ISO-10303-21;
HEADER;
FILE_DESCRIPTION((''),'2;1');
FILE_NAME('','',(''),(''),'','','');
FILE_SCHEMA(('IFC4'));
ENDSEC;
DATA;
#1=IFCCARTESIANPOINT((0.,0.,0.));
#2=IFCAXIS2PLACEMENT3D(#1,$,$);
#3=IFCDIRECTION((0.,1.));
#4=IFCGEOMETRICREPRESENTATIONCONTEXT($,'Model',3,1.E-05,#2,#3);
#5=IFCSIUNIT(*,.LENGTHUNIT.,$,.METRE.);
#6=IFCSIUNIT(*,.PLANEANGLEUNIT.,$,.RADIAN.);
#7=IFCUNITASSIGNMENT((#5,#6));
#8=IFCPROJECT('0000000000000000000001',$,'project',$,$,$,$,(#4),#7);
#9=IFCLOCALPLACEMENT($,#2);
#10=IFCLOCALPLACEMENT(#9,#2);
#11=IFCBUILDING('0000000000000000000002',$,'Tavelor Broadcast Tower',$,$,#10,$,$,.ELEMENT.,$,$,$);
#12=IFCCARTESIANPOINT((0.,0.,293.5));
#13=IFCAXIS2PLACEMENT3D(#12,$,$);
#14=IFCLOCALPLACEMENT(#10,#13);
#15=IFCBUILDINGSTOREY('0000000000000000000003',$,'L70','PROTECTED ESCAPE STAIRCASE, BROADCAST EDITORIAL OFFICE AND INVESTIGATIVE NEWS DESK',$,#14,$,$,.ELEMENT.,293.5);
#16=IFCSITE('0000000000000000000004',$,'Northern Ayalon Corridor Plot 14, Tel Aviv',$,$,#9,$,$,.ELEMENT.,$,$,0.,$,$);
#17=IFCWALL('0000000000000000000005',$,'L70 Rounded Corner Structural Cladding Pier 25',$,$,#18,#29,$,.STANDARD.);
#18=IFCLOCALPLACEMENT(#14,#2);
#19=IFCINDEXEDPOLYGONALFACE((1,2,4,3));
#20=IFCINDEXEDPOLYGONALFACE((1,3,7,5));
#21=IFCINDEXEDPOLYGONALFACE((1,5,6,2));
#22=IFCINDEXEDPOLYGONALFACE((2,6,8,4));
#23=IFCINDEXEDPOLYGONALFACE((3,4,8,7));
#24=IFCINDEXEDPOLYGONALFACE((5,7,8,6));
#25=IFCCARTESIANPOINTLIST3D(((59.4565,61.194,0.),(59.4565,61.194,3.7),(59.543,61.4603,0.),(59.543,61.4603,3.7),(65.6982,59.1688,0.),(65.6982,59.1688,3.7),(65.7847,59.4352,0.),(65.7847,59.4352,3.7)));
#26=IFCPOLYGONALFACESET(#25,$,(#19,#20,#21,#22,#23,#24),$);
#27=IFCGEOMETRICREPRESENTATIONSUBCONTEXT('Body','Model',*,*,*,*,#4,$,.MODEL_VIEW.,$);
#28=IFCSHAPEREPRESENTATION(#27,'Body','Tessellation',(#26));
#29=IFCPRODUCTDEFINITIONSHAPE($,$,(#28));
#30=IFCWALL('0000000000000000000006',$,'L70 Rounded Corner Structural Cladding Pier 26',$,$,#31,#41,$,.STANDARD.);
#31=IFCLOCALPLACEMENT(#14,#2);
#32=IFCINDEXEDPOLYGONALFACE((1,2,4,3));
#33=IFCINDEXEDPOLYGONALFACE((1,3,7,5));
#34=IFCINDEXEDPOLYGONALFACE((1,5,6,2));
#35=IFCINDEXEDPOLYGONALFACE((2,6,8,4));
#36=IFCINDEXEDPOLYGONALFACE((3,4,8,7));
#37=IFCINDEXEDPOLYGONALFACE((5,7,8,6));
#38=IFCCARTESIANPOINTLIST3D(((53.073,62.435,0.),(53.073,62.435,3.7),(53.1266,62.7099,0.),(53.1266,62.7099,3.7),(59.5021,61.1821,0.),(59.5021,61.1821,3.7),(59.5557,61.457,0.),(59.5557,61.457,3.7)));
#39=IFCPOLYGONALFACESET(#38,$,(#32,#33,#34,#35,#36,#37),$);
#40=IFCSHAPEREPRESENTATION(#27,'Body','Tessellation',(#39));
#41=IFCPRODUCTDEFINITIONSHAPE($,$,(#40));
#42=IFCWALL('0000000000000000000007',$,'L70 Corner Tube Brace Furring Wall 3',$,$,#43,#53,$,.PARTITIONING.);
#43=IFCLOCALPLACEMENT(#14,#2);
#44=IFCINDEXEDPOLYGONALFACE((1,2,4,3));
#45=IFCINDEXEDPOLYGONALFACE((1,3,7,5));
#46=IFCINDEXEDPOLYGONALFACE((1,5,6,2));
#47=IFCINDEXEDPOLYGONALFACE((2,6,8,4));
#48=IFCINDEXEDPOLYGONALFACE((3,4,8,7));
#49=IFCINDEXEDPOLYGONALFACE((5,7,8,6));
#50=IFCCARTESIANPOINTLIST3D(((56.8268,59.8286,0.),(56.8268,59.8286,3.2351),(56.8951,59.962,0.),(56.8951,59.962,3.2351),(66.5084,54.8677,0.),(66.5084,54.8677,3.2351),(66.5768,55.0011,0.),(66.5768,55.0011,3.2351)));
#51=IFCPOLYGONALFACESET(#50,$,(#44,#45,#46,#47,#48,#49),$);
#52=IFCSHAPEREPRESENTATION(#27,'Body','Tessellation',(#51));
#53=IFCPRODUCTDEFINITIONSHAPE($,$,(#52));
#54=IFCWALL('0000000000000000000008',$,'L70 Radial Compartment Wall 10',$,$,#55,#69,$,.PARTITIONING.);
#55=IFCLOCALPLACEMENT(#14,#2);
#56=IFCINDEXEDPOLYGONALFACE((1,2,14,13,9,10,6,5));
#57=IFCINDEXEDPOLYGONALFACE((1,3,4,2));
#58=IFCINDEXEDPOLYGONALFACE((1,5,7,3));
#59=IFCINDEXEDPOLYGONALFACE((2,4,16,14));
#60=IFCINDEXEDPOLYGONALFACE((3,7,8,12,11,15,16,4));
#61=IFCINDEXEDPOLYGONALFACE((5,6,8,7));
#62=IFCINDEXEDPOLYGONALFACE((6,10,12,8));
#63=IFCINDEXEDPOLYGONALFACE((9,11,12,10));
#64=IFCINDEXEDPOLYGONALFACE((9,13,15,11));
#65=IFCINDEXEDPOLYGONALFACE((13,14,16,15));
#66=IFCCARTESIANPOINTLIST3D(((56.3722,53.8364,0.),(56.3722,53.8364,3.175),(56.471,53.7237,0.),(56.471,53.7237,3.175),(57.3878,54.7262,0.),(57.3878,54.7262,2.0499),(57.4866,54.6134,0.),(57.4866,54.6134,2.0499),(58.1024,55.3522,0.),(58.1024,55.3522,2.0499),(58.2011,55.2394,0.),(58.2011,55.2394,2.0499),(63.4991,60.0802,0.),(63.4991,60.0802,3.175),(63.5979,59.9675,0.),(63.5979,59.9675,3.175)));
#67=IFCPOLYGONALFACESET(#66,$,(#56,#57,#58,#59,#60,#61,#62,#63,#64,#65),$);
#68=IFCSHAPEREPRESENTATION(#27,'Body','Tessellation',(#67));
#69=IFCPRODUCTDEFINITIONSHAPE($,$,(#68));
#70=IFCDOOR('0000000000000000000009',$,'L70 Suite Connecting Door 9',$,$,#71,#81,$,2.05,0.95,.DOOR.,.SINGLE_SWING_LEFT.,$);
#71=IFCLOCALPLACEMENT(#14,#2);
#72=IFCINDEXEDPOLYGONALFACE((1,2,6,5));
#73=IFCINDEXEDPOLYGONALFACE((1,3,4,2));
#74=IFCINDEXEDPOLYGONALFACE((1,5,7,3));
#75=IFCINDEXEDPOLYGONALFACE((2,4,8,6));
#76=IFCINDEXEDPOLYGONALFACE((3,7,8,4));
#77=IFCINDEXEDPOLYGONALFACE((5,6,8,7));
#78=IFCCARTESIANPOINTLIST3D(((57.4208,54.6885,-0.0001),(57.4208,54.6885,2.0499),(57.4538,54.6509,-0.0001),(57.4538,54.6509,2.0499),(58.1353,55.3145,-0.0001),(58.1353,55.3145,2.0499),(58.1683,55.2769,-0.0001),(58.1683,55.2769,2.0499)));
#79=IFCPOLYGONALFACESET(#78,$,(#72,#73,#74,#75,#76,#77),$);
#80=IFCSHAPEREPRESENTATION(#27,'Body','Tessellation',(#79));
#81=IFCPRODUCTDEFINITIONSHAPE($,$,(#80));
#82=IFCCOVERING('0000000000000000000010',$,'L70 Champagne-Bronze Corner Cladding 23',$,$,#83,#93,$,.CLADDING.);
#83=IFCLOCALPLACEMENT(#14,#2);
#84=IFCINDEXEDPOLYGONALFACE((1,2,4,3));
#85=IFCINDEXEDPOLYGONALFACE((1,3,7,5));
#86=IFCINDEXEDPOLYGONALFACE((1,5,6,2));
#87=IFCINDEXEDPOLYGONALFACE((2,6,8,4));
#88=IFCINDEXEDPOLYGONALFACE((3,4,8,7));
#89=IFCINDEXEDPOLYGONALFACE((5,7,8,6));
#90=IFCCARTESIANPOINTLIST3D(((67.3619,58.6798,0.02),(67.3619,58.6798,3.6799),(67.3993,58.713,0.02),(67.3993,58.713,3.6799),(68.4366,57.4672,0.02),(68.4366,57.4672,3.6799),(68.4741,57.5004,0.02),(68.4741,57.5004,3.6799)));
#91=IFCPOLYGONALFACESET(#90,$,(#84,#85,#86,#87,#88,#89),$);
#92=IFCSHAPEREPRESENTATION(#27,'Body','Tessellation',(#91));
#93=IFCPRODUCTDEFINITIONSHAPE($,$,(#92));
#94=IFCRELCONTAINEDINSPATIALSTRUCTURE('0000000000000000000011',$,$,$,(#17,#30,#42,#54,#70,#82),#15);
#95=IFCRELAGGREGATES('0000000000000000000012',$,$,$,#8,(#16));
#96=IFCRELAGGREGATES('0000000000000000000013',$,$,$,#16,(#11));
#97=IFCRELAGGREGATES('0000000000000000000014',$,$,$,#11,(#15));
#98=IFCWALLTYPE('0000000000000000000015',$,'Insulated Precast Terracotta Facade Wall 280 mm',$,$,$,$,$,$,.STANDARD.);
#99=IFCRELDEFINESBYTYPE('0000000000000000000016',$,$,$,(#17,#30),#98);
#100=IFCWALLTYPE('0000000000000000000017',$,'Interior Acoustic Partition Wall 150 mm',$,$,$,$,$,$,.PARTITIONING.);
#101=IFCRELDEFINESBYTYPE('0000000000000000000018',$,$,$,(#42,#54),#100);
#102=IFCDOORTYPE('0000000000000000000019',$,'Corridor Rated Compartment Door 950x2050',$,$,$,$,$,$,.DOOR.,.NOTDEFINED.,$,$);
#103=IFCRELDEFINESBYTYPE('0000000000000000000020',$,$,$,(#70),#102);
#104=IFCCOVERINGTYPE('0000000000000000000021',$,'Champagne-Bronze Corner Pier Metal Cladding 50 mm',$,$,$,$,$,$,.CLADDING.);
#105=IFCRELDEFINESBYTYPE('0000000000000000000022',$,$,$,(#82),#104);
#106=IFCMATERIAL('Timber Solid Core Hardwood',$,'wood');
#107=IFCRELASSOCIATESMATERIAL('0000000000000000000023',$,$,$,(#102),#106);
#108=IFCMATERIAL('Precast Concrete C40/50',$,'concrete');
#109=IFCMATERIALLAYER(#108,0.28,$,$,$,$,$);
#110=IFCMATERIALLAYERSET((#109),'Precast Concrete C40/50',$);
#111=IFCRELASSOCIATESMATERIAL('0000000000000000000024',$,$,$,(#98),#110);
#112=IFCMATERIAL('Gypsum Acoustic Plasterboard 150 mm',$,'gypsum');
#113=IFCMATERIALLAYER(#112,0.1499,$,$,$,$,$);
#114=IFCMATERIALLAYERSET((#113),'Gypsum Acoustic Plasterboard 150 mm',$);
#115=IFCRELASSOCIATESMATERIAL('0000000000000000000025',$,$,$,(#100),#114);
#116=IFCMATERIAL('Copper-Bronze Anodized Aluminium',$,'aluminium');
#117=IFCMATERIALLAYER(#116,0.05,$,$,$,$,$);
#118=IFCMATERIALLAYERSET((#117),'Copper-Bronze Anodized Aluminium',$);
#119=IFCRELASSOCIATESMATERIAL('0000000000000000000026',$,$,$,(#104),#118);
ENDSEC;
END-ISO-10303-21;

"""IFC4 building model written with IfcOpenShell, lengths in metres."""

from ifc_helpers import new_model, si_unit, direction, frame, frame_2d, origin, origin_2d, place, context, subcontext, project, spatial, rectangle, extrude, material, layer, layer_set, type_object, element, fill, save


model = new_model("IFC4")

# Units and contexts
model_context = context("Model", 3, precision=1e-05, world=origin(), true_north=direction((0.0, 1.0)))
body_context = subcontext(model_context, "Body", "Model", "MODEL_VIEW")
ifc_project = project(units=[si_unit("LENGTHUNIT", "METRE"), si_unit("PLANEANGLEUNIT", "RADIAN")], contexts=[model_context])

# Site, building, storey
site_placement = place(None, origin())
site = spatial("IfcSite", under=ifc_project, at=site_placement, Name="Northern Ayalon Corridor Plot 14, Tel Aviv", CompositionType="ELEMENT", RefElevation=0.0)
building_placement = place(site_placement, origin())
building = spatial("IfcBuilding", under=site, at=building_placement, Name="Tavelor Broadcast Tower", CompositionType="ELEMENT")
storey_placement = place(building_placement, frame((0.0, 0.0, 293.5)))
storey = spatial("IfcBuildingStorey", under=building, at=storey_placement, Name="L70", Description="PROTECTED ESCAPE STAIRCASE, BROADCAST EDITORIAL OFFICE AND INVESTIGATIVE NEWS DESK", CompositionType="ELEMENT", Elevation=293.5)

# Shared definitions
ifc_material_1 = material(Name="Timber Solid Core Hardwood", Category="wood")
door_type = type_object("IfcDoorType", Name="Corridor Rated Compartment Door 950x2050", OperationType="NOTDEFINED", PredefinedType="DOOR", material=ifc_material_1)

# Walls
ifc_material_2 = material(Name="Precast Concrete C40/50", Category="concrete")
ifc_layer_1 = layer(ifc_material_2, 0.28)
ifc_layer_set_1 = layer_set([ifc_layer_1], Name="Precast Concrete C40/50")
wall_type_1 = type_object("IfcWallType", Name="Insulated Precast Terracotta Facade Wall 280 mm", PredefinedType="STANDARD", material=ifc_layer_set_1)
wall_1_placement = place(storey_placement, frame((65.7415, 59.302, 0.0), z_axis=(0.0, 0.0, 1.0), x_axis=(-0.951187, 0.308617, 0.0)))
element("IfcWall", 1, at=wall_1_placement, inside=storey, type_object=wall_type_1, Name="L70 Rounded Corner Structural Cladding Pier 25", PredefinedType="STANDARD", context=body_context, shape_type="SweptSolid", body=[
    extrude(rectangle(XDim=6.562, YDim=0.28, at=frame_2d((3.281, 0.0))), origin(), (0.0, 0.0, 1.0), 3.7),
])
wall_2_placement = place(storey_placement, frame((59.5288, 61.3196, 0.0), z_axis=(0.0, 0.0, 1.0), x_axis=(-0.981535, 0.191283, 0.0)))
element("IfcWall", 2, at=wall_2_placement, inside=storey, type_object=wall_type_1, Name="L70 Rounded Corner Structural Cladding Pier 26", PredefinedType="STANDARD", context=body_context, shape_type="SweptSolid", body=[
    extrude(rectangle(XDim=6.55, YDim=0.28, at=frame_2d((3.2749, 0.0))), origin(), (0.0, 0.0, 1.0), 3.7),
])
ifc_material_3 = material(Name="Gypsum Acoustic Plasterboard 150 mm", Category="gypsum")
ifc_layer_2 = layer(ifc_material_3, 0.1499)
ifc_layer_set_2 = layer_set([ifc_layer_2], Name="Gypsum Acoustic Plasterboard 150 mm")
wall_type_2 = type_object("IfcWallType", Name="Interior Acoustic Partition Wall 150 mm", PredefinedType="PARTITIONING", material=ifc_layer_set_2)
wall_3_placement = place(storey_placement, frame((66.5427, 54.9343, 0.0), z_axis=(0.0, 0.0, 1.0), x_axis=(-0.889967, 0.456025, 0.0)))
element("IfcWall", 3, at=wall_3_placement, inside=storey, type_object=wall_type_2, Name="L70 Corner Tube Brace Furring Wall 3", PredefinedType="PARTITIONING", context=body_context, shape_type="SweptSolid", body=[
    extrude(rectangle(XDim=10.8787, YDim=0.1499, at=frame_2d((5.4395, 0.0))), origin(), (0.0, 0.0, 1.0), 3.2351),
])

# Wall, opening, door
wall_4_placement = place(storey_placement, frame((56.4216, 53.78, 0.0), z_axis=(0.0, 0.0, 1.0), x_axis=(0.752168, 0.658971, 0.0)))
wall_4 = element("IfcWall", 4, at=wall_4_placement, inside=storey, type_object=wall_type_2, Name="L70 Radial Compartment Wall 10", PredefinedType="PARTITIONING", context=body_context, shape_type="SweptSolid", body=[
    extrude(rectangle(XDim=9.4751, YDim=0.1499, at=frame_2d((4.7375, 0.0))), origin(), (0.0, 0.0, 1.0), 3.175),
])
opening_1_placement = place(wall_4_placement, frame((1.3501, 0.0, 0.0)))
opening_1 = element("IfcOpeningElement", 5, at=opening_1_placement, cuts=wall_4, PredefinedType="OPENING", context=body_context, shape_type="SweptSolid", body=[
    extrude(rectangle(XDim=0.95, YDim=2.05, at=frame_2d((0.4751, 1.0249))), frame((0.0, 0.085, 0.0), z_axis=(0.0, -1.0, 0.0), x_axis=(1.0, 0.0, 0.0)), (0.0, 0.0, 1.0), 0.1699),
])
door_1_placement = place(opening_1_placement, origin())
door_1 = element("IfcDoor", 6, at=door_1_placement, inside=storey, type_object=door_type, Name="L70 Suite Connecting Door 9", OperationType="SINGLE_SWING_LEFT", OverallHeight=2.05, OverallWidth=0.95, PredefinedType="DOOR", context=body_context, shape_type="SweptSolid", body=[
    extrude(rectangle(XDim=0.95, YDim=2.05, at=frame_2d((0.4751, 1.0249))), frame((0.0, 0.0249, 0.0), z_axis=(0.0, -1.0, 0.0), x_axis=(1.0, 0.0, 0.0)), (0.0, 0.0, 1.0), 0.05),
])
fill(opening_1, door_1)

# Covering
ifc_material_4 = material(Name="Copper-Bronze Anodized Aluminium", Category="aluminium")
ifc_layer_3 = layer(ifc_material_4, 0.05)
ifc_layer_set_3 = layer_set([ifc_layer_3], Name="Copper-Bronze Anodized Aluminium")
covering_type = type_object("IfcCoveringType", Name="Champagne-Bronze Corner Pier Metal Cladding 50 mm", PredefinedType="CLADDING", material=ifc_layer_set_3)
covering_placement = place(storey_placement, frame((67.918, 58.0901, 0.02), z_axis=(0.0, 0.0, 1.0), x_axis=(-0.663273, 0.748377, 0.0)))
element("IfcCovering", 7, at=covering_placement, inside=storey, type_object=covering_type, Name="L70 Champagne-Bronze Corner Cladding 23", PredefinedType="CLADDING", context=body_context, shape_type="SweptSolid", body=[
    extrude(rectangle(XDim=1.6204, YDim=0.05, at=origin_2d()), origin(), (0.0, 0.0, 1.0), 3.6599),
])

save(model, "model.ifc")
